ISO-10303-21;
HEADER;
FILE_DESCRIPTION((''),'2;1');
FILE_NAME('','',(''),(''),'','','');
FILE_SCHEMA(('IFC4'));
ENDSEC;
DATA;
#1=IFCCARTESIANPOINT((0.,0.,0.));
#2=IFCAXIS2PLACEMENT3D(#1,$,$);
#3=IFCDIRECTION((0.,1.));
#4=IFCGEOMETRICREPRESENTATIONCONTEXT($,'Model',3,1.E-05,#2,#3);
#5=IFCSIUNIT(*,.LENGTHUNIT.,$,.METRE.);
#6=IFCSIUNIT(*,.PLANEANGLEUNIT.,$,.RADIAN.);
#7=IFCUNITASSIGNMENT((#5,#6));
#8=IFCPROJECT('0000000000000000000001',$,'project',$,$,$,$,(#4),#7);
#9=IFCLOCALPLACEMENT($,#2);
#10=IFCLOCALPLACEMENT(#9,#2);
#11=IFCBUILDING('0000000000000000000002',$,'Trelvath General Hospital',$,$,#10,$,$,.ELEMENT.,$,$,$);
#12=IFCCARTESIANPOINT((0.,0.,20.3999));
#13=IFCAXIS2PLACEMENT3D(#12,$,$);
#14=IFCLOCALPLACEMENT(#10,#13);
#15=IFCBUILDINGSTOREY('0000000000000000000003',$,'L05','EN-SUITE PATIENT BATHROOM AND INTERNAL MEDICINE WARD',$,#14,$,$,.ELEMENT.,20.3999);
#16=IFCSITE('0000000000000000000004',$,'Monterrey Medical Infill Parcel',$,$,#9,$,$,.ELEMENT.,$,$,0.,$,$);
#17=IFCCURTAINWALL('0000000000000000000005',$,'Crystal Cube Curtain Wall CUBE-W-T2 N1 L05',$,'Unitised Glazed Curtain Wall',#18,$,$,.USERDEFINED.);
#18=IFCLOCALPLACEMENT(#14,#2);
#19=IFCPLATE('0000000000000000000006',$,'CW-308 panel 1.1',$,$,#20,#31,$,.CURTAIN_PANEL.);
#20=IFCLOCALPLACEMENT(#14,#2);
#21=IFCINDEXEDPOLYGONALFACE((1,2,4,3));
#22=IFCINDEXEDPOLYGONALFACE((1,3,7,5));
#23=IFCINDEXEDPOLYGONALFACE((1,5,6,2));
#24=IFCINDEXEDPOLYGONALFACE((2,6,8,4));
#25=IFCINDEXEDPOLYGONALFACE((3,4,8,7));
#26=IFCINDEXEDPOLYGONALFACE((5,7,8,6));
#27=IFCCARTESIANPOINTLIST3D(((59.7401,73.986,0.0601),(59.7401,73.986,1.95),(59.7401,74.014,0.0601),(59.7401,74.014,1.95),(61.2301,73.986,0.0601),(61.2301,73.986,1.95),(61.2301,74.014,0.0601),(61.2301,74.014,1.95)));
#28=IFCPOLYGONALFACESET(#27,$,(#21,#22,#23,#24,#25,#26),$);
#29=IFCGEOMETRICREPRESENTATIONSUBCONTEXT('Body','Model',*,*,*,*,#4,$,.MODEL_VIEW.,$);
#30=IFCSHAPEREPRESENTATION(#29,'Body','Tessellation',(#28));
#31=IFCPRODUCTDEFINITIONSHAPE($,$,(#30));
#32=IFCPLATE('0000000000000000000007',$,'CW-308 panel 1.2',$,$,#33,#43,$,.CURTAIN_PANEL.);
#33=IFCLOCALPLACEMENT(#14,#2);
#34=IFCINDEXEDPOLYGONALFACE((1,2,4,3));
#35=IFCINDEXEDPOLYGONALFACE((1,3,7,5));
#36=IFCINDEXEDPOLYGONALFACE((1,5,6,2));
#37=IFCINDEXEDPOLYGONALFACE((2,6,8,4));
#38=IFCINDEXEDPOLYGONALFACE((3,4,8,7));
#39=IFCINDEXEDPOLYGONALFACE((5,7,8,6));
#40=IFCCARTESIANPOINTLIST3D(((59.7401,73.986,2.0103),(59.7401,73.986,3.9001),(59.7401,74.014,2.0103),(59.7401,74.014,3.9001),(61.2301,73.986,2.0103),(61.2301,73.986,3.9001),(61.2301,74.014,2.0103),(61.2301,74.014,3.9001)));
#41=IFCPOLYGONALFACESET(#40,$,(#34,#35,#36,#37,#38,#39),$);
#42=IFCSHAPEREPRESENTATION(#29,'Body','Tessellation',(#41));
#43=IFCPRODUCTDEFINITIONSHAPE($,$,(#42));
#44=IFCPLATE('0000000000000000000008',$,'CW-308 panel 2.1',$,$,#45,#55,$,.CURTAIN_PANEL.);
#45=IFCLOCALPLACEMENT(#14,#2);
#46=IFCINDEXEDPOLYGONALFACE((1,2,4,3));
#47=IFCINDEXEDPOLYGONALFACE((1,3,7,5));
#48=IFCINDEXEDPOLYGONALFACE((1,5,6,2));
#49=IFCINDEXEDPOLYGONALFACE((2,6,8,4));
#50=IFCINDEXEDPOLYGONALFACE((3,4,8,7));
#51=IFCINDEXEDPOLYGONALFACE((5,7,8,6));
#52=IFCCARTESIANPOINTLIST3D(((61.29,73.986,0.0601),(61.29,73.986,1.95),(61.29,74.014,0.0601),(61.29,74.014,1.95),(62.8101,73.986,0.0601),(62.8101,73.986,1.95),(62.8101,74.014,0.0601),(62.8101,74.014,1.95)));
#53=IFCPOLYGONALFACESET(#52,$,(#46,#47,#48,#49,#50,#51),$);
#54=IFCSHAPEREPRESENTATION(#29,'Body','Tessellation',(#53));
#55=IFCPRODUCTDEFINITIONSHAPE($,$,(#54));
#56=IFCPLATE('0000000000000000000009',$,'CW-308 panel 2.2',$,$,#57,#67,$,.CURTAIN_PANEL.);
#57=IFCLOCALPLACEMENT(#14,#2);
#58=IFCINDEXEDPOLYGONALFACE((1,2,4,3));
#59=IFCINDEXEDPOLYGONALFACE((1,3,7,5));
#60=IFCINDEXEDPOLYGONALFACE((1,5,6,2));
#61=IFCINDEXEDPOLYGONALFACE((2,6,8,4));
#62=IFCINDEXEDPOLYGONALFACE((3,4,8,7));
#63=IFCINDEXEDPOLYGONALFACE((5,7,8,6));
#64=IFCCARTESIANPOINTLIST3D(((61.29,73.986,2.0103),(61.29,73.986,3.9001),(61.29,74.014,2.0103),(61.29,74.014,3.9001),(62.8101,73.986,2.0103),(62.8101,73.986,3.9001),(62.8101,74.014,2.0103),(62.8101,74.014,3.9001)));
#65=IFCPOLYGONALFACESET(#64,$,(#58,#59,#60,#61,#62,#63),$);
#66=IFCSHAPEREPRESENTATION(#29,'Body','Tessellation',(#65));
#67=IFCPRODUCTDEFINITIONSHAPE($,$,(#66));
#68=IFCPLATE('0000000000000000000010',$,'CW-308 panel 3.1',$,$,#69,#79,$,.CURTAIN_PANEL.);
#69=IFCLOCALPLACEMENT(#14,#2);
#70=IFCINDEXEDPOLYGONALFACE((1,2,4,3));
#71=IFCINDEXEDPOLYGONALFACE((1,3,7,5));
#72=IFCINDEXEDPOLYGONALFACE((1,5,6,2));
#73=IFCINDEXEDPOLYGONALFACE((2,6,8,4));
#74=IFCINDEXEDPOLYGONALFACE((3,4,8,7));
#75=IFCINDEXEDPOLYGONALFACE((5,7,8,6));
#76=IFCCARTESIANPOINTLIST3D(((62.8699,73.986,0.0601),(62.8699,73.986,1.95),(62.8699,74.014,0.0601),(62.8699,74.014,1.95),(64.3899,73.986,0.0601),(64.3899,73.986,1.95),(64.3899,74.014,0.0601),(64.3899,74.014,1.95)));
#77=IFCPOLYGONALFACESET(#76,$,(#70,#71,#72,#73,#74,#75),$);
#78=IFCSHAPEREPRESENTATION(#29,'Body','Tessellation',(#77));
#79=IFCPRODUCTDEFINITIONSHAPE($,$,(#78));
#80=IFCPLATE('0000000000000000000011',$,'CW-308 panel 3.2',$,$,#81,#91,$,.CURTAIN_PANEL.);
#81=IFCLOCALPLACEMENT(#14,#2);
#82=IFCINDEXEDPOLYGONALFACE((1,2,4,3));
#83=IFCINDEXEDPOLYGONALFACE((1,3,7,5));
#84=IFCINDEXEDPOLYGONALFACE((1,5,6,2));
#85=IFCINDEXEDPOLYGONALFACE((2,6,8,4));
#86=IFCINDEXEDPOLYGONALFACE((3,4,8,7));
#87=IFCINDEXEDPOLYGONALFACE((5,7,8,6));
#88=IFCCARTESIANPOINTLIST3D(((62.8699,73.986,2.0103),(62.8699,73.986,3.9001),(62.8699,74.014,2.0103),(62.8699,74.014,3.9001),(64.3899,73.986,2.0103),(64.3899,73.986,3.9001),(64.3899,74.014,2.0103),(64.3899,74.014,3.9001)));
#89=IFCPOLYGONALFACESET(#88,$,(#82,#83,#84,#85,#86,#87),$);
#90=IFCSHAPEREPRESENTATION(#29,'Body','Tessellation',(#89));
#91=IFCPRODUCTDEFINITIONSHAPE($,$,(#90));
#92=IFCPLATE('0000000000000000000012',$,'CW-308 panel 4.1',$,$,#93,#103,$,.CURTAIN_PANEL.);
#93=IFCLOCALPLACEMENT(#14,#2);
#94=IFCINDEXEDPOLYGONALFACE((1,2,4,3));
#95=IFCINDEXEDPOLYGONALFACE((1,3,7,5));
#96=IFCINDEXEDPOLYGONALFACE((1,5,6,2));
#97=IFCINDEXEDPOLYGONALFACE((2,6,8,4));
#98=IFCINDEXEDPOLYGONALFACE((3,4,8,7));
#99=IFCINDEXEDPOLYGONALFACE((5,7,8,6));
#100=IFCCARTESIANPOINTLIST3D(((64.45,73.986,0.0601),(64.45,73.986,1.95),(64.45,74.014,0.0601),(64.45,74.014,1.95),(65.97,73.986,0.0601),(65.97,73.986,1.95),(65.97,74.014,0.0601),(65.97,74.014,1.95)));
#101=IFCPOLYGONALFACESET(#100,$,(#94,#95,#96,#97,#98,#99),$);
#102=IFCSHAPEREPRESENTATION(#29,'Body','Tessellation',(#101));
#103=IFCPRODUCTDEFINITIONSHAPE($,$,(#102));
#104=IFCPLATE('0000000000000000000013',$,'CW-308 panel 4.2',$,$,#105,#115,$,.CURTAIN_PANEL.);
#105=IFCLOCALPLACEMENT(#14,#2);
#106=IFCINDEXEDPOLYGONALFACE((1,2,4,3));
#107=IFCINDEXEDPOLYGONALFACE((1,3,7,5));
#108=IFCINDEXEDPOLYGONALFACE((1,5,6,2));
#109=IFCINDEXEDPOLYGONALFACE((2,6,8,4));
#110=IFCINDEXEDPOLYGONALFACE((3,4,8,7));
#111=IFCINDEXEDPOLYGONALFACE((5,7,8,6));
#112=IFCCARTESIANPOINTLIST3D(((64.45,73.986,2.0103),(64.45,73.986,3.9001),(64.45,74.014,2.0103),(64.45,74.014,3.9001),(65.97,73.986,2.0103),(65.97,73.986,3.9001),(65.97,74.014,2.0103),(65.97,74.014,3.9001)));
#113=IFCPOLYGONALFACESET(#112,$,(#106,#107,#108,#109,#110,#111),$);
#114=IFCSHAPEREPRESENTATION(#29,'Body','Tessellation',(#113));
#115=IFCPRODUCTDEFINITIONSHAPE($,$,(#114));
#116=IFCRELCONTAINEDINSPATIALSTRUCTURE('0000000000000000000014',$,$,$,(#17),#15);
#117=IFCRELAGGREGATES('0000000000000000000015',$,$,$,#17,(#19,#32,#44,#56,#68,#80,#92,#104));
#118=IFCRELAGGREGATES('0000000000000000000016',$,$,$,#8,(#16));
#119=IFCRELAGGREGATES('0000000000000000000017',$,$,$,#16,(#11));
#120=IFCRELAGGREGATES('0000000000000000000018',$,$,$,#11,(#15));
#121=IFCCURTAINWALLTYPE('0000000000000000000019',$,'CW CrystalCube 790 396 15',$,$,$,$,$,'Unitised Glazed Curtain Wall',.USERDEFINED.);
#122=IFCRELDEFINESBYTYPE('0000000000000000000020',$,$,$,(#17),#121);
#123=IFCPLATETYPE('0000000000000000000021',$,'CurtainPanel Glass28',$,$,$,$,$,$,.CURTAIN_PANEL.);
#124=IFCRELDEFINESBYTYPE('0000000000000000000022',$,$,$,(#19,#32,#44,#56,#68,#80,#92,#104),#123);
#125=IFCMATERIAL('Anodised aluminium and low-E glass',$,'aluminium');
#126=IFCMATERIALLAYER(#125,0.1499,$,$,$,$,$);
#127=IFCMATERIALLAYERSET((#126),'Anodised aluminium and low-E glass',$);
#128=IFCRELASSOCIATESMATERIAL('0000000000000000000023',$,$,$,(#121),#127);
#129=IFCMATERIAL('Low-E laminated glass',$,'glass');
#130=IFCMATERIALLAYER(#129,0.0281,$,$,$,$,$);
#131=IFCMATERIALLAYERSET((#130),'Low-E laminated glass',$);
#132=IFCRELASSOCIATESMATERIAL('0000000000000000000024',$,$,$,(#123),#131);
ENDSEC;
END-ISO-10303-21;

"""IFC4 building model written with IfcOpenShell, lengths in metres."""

from ifc_helpers import new_model, si_unit, direction, frame, origin, origin_2d, place, context, subcontext, project, spatial, rectangle, extrude, material, layer, layer_set, type_object, element, aggregate, save


model = new_model("IFC4")

# Units and contexts
model_context = context("Model", 3, precision=1e-05, world=origin(), true_north=direction((0.0, 1.0)))
body_context = subcontext(model_context, "Body", "Model", "MODEL_VIEW")
ifc_project = project(units=[si_unit("LENGTHUNIT", "METRE"), si_unit("PLANEANGLEUNIT", "RADIAN")], contexts=[model_context])

# Site, building, storey
site_placement = place(None, origin())
site = spatial("IfcSite", under=ifc_project, at=site_placement, Name="Monterrey Medical Infill Parcel", CompositionType="ELEMENT", RefElevation=0.0)
building_placement = place(site_placement, origin())
building = spatial("IfcBuilding", under=site, at=building_placement, Name="Trelvath General Hospital", CompositionType="ELEMENT")
storey_placement = place(building_placement, frame((0.0, 0.0, 20.3999)))
storey = spatial("IfcBuildingStorey", under=building, at=storey_placement, Name="L05", Description="EN-SUITE PATIENT BATHROOM AND INTERNAL MEDICINE WARD", CompositionType="ELEMENT", Elevation=20.3999)

# Curtain wall
ifc_material_1 = material(Name="Anodised aluminium and low-E glass", Category="aluminium")
ifc_layer_1 = layer(ifc_material_1, 0.1499)
ifc_layer_set_1 = layer_set([ifc_layer_1], Name="Anodised aluminium and low-E glass")
curtain_wall_type_1 = type_object("IfcCurtainWallType", Name="CW CrystalCube 790 396 15", ElementType="Unitised Glazed Curtain Wall", PredefinedType="USERDEFINED", material=ifc_layer_set_1)
curtain_wall_1_placement = place(storey_placement, origin())
curtain_wall_1 = element("IfcCurtainWall", 1, at=curtain_wall_1_placement, inside=storey, type_object=curtain_wall_type_1, Name="Crystal Cube Curtain Wall CUBE-W-T2 N1 L05", ObjectType="Unitised Glazed Curtain Wall", PredefinedType="USERDEFINED")

# Plates
ifc_material_2 = material(Name="Low-E laminated glass", Category="glass")
ifc_layer_2 = layer(ifc_material_2, 0.0281)
ifc_layer_set_2 = layer_set([ifc_layer_2], Name="Low-E laminated glass")
plate_type = type_object("IfcPlateType", Name="CurtainPanel Glass28", PredefinedType="CURTAIN_PANEL", material=ifc_layer_set_2)
plate_1_placement = place(storey_placement, frame((60.4851, 74.0, 0.0601), z_axis=(0.0, 0.0, 1.0), x_axis=(1.0, 0.0, 0.0)))
plate_1 = element("IfcPlate", 2, at=plate_1_placement, type_object=plate_type, Name="CW-308 panel 1.1", PredefinedType="CURTAIN_PANEL", context=body_context, shape_type="SweptSolid", body=[
    extrude(rectangle(XDim=1.49, YDim=0.0281, at=origin_2d()), origin(), (0.0, 0.0, 1.0), 1.8899),
])
plate_2_placement = place(storey_placement, frame((60.4851, 74.0, 2.0103), z_axis=(0.0, 0.0, 1.0), x_axis=(1.0, 0.0, 0.0)))
plate_2 = element("IfcPlate", 3, at=plate_2_placement, type_object=plate_type, Name="CW-308 panel 1.2", PredefinedType="CURTAIN_PANEL", context=body_context, shape_type="SweptSolid", body=[
    extrude(rectangle(XDim=1.49, YDim=0.0281, at=origin_2d()), origin(), (0.0, 0.0, 1.0), 1.8899),
])
plate_3_placement = place(storey_placement, frame((62.05, 74.0, 0.0601), z_axis=(0.0, 0.0, 1.0), x_axis=(1.0, 0.0, 0.0)))
plate_3 = element("IfcPlate", 4, at=plate_3_placement, type_object=plate_type, Name="CW-308 panel 2.1", PredefinedType="CURTAIN_PANEL", context=body_context, shape_type="SweptSolid", body=[
    extrude(rectangle(XDim=1.52, YDim=0.0281, at=origin_2d()), origin(), (0.0, 0.0, 1.0), 1.8899),
])
plate_4_placement = place(storey_placement, frame((62.05, 74.0, 2.0103), z_axis=(0.0, 0.0, 1.0), x_axis=(1.0, 0.0, 0.0)))
plate_4 = element("IfcPlate", 5, at=plate_4_placement, type_object=plate_type, Name="CW-308 panel 2.2", PredefinedType="CURTAIN_PANEL", context=body_context, shape_type="SweptSolid", body=[
    extrude(rectangle(XDim=1.52, YDim=0.0281, at=origin_2d()), origin(), (0.0, 0.0, 1.0), 1.8899),
])
plate_5_placement = place(storey_placement, frame((63.6299, 74.0, 0.0601), z_axis=(0.0, 0.0, 1.0), x_axis=(1.0, 0.0, 0.0)))
plate_5 = element("IfcPlate", 6, at=plate_5_placement, type_object=plate_type, Name="CW-308 panel 3.1", PredefinedType="CURTAIN_PANEL", context=body_context, shape_type="SweptSolid", body=[
    extrude(rectangle(XDim=1.52, YDim=0.0281, at=origin_2d()), origin(), (0.0, 0.0, 1.0), 1.8899),
])
plate_6_placement = place(storey_placement, frame((63.6299, 74.0, 2.0103), z_axis=(0.0, 0.0, 1.0), x_axis=(1.0, 0.0, 0.0)))
plate_6 = element("IfcPlate", 7, at=plate_6_placement, type_object=plate_type, Name="CW-308 panel 3.2", PredefinedType="CURTAIN_PANEL", context=body_context, shape_type="SweptSolid", body=[
    extrude(rectangle(XDim=1.52, YDim=0.0281, at=origin_2d()), origin(), (0.0, 0.0, 1.0), 1.8899),
])
plate_7_placement = place(storey_placement, frame((65.21, 74.0, 0.0601), z_axis=(0.0, 0.0, 1.0), x_axis=(1.0, 0.0, 0.0)))
plate_7 = element("IfcPlate", 8, at=plate_7_placement, type_object=plate_type, Name="CW-308 panel 4.1", PredefinedType="CURTAIN_PANEL", context=body_context, shape_type="SweptSolid", body=[
    extrude(rectangle(XDim=1.52, YDim=0.0281, at=origin_2d()), origin(), (0.0, 0.0, 1.0), 1.8899),
])
plate_8_placement = place(storey_placement, frame((65.21, 74.0, 2.0103), z_axis=(0.0, 0.0, 1.0), x_axis=(1.0, 0.0, 0.0)))
plate_8 = element("IfcPlate", 9, at=plate_8_placement, type_object=plate_type, Name="CW-308 panel 4.2", PredefinedType="CURTAIN_PANEL", context=body_context, shape_type="SweptSolid", body=[
    extrude(rectangle(XDim=1.52, YDim=0.0281, at=origin_2d()), origin(), (0.0, 0.0, 1.0), 1.8899),
])
aggregate(curtain_wall_1, [plate_1, plate_2, plate_3, plate_4, plate_5, plate_6, plate_7, plate_8])

save(model, "model.ifc")
